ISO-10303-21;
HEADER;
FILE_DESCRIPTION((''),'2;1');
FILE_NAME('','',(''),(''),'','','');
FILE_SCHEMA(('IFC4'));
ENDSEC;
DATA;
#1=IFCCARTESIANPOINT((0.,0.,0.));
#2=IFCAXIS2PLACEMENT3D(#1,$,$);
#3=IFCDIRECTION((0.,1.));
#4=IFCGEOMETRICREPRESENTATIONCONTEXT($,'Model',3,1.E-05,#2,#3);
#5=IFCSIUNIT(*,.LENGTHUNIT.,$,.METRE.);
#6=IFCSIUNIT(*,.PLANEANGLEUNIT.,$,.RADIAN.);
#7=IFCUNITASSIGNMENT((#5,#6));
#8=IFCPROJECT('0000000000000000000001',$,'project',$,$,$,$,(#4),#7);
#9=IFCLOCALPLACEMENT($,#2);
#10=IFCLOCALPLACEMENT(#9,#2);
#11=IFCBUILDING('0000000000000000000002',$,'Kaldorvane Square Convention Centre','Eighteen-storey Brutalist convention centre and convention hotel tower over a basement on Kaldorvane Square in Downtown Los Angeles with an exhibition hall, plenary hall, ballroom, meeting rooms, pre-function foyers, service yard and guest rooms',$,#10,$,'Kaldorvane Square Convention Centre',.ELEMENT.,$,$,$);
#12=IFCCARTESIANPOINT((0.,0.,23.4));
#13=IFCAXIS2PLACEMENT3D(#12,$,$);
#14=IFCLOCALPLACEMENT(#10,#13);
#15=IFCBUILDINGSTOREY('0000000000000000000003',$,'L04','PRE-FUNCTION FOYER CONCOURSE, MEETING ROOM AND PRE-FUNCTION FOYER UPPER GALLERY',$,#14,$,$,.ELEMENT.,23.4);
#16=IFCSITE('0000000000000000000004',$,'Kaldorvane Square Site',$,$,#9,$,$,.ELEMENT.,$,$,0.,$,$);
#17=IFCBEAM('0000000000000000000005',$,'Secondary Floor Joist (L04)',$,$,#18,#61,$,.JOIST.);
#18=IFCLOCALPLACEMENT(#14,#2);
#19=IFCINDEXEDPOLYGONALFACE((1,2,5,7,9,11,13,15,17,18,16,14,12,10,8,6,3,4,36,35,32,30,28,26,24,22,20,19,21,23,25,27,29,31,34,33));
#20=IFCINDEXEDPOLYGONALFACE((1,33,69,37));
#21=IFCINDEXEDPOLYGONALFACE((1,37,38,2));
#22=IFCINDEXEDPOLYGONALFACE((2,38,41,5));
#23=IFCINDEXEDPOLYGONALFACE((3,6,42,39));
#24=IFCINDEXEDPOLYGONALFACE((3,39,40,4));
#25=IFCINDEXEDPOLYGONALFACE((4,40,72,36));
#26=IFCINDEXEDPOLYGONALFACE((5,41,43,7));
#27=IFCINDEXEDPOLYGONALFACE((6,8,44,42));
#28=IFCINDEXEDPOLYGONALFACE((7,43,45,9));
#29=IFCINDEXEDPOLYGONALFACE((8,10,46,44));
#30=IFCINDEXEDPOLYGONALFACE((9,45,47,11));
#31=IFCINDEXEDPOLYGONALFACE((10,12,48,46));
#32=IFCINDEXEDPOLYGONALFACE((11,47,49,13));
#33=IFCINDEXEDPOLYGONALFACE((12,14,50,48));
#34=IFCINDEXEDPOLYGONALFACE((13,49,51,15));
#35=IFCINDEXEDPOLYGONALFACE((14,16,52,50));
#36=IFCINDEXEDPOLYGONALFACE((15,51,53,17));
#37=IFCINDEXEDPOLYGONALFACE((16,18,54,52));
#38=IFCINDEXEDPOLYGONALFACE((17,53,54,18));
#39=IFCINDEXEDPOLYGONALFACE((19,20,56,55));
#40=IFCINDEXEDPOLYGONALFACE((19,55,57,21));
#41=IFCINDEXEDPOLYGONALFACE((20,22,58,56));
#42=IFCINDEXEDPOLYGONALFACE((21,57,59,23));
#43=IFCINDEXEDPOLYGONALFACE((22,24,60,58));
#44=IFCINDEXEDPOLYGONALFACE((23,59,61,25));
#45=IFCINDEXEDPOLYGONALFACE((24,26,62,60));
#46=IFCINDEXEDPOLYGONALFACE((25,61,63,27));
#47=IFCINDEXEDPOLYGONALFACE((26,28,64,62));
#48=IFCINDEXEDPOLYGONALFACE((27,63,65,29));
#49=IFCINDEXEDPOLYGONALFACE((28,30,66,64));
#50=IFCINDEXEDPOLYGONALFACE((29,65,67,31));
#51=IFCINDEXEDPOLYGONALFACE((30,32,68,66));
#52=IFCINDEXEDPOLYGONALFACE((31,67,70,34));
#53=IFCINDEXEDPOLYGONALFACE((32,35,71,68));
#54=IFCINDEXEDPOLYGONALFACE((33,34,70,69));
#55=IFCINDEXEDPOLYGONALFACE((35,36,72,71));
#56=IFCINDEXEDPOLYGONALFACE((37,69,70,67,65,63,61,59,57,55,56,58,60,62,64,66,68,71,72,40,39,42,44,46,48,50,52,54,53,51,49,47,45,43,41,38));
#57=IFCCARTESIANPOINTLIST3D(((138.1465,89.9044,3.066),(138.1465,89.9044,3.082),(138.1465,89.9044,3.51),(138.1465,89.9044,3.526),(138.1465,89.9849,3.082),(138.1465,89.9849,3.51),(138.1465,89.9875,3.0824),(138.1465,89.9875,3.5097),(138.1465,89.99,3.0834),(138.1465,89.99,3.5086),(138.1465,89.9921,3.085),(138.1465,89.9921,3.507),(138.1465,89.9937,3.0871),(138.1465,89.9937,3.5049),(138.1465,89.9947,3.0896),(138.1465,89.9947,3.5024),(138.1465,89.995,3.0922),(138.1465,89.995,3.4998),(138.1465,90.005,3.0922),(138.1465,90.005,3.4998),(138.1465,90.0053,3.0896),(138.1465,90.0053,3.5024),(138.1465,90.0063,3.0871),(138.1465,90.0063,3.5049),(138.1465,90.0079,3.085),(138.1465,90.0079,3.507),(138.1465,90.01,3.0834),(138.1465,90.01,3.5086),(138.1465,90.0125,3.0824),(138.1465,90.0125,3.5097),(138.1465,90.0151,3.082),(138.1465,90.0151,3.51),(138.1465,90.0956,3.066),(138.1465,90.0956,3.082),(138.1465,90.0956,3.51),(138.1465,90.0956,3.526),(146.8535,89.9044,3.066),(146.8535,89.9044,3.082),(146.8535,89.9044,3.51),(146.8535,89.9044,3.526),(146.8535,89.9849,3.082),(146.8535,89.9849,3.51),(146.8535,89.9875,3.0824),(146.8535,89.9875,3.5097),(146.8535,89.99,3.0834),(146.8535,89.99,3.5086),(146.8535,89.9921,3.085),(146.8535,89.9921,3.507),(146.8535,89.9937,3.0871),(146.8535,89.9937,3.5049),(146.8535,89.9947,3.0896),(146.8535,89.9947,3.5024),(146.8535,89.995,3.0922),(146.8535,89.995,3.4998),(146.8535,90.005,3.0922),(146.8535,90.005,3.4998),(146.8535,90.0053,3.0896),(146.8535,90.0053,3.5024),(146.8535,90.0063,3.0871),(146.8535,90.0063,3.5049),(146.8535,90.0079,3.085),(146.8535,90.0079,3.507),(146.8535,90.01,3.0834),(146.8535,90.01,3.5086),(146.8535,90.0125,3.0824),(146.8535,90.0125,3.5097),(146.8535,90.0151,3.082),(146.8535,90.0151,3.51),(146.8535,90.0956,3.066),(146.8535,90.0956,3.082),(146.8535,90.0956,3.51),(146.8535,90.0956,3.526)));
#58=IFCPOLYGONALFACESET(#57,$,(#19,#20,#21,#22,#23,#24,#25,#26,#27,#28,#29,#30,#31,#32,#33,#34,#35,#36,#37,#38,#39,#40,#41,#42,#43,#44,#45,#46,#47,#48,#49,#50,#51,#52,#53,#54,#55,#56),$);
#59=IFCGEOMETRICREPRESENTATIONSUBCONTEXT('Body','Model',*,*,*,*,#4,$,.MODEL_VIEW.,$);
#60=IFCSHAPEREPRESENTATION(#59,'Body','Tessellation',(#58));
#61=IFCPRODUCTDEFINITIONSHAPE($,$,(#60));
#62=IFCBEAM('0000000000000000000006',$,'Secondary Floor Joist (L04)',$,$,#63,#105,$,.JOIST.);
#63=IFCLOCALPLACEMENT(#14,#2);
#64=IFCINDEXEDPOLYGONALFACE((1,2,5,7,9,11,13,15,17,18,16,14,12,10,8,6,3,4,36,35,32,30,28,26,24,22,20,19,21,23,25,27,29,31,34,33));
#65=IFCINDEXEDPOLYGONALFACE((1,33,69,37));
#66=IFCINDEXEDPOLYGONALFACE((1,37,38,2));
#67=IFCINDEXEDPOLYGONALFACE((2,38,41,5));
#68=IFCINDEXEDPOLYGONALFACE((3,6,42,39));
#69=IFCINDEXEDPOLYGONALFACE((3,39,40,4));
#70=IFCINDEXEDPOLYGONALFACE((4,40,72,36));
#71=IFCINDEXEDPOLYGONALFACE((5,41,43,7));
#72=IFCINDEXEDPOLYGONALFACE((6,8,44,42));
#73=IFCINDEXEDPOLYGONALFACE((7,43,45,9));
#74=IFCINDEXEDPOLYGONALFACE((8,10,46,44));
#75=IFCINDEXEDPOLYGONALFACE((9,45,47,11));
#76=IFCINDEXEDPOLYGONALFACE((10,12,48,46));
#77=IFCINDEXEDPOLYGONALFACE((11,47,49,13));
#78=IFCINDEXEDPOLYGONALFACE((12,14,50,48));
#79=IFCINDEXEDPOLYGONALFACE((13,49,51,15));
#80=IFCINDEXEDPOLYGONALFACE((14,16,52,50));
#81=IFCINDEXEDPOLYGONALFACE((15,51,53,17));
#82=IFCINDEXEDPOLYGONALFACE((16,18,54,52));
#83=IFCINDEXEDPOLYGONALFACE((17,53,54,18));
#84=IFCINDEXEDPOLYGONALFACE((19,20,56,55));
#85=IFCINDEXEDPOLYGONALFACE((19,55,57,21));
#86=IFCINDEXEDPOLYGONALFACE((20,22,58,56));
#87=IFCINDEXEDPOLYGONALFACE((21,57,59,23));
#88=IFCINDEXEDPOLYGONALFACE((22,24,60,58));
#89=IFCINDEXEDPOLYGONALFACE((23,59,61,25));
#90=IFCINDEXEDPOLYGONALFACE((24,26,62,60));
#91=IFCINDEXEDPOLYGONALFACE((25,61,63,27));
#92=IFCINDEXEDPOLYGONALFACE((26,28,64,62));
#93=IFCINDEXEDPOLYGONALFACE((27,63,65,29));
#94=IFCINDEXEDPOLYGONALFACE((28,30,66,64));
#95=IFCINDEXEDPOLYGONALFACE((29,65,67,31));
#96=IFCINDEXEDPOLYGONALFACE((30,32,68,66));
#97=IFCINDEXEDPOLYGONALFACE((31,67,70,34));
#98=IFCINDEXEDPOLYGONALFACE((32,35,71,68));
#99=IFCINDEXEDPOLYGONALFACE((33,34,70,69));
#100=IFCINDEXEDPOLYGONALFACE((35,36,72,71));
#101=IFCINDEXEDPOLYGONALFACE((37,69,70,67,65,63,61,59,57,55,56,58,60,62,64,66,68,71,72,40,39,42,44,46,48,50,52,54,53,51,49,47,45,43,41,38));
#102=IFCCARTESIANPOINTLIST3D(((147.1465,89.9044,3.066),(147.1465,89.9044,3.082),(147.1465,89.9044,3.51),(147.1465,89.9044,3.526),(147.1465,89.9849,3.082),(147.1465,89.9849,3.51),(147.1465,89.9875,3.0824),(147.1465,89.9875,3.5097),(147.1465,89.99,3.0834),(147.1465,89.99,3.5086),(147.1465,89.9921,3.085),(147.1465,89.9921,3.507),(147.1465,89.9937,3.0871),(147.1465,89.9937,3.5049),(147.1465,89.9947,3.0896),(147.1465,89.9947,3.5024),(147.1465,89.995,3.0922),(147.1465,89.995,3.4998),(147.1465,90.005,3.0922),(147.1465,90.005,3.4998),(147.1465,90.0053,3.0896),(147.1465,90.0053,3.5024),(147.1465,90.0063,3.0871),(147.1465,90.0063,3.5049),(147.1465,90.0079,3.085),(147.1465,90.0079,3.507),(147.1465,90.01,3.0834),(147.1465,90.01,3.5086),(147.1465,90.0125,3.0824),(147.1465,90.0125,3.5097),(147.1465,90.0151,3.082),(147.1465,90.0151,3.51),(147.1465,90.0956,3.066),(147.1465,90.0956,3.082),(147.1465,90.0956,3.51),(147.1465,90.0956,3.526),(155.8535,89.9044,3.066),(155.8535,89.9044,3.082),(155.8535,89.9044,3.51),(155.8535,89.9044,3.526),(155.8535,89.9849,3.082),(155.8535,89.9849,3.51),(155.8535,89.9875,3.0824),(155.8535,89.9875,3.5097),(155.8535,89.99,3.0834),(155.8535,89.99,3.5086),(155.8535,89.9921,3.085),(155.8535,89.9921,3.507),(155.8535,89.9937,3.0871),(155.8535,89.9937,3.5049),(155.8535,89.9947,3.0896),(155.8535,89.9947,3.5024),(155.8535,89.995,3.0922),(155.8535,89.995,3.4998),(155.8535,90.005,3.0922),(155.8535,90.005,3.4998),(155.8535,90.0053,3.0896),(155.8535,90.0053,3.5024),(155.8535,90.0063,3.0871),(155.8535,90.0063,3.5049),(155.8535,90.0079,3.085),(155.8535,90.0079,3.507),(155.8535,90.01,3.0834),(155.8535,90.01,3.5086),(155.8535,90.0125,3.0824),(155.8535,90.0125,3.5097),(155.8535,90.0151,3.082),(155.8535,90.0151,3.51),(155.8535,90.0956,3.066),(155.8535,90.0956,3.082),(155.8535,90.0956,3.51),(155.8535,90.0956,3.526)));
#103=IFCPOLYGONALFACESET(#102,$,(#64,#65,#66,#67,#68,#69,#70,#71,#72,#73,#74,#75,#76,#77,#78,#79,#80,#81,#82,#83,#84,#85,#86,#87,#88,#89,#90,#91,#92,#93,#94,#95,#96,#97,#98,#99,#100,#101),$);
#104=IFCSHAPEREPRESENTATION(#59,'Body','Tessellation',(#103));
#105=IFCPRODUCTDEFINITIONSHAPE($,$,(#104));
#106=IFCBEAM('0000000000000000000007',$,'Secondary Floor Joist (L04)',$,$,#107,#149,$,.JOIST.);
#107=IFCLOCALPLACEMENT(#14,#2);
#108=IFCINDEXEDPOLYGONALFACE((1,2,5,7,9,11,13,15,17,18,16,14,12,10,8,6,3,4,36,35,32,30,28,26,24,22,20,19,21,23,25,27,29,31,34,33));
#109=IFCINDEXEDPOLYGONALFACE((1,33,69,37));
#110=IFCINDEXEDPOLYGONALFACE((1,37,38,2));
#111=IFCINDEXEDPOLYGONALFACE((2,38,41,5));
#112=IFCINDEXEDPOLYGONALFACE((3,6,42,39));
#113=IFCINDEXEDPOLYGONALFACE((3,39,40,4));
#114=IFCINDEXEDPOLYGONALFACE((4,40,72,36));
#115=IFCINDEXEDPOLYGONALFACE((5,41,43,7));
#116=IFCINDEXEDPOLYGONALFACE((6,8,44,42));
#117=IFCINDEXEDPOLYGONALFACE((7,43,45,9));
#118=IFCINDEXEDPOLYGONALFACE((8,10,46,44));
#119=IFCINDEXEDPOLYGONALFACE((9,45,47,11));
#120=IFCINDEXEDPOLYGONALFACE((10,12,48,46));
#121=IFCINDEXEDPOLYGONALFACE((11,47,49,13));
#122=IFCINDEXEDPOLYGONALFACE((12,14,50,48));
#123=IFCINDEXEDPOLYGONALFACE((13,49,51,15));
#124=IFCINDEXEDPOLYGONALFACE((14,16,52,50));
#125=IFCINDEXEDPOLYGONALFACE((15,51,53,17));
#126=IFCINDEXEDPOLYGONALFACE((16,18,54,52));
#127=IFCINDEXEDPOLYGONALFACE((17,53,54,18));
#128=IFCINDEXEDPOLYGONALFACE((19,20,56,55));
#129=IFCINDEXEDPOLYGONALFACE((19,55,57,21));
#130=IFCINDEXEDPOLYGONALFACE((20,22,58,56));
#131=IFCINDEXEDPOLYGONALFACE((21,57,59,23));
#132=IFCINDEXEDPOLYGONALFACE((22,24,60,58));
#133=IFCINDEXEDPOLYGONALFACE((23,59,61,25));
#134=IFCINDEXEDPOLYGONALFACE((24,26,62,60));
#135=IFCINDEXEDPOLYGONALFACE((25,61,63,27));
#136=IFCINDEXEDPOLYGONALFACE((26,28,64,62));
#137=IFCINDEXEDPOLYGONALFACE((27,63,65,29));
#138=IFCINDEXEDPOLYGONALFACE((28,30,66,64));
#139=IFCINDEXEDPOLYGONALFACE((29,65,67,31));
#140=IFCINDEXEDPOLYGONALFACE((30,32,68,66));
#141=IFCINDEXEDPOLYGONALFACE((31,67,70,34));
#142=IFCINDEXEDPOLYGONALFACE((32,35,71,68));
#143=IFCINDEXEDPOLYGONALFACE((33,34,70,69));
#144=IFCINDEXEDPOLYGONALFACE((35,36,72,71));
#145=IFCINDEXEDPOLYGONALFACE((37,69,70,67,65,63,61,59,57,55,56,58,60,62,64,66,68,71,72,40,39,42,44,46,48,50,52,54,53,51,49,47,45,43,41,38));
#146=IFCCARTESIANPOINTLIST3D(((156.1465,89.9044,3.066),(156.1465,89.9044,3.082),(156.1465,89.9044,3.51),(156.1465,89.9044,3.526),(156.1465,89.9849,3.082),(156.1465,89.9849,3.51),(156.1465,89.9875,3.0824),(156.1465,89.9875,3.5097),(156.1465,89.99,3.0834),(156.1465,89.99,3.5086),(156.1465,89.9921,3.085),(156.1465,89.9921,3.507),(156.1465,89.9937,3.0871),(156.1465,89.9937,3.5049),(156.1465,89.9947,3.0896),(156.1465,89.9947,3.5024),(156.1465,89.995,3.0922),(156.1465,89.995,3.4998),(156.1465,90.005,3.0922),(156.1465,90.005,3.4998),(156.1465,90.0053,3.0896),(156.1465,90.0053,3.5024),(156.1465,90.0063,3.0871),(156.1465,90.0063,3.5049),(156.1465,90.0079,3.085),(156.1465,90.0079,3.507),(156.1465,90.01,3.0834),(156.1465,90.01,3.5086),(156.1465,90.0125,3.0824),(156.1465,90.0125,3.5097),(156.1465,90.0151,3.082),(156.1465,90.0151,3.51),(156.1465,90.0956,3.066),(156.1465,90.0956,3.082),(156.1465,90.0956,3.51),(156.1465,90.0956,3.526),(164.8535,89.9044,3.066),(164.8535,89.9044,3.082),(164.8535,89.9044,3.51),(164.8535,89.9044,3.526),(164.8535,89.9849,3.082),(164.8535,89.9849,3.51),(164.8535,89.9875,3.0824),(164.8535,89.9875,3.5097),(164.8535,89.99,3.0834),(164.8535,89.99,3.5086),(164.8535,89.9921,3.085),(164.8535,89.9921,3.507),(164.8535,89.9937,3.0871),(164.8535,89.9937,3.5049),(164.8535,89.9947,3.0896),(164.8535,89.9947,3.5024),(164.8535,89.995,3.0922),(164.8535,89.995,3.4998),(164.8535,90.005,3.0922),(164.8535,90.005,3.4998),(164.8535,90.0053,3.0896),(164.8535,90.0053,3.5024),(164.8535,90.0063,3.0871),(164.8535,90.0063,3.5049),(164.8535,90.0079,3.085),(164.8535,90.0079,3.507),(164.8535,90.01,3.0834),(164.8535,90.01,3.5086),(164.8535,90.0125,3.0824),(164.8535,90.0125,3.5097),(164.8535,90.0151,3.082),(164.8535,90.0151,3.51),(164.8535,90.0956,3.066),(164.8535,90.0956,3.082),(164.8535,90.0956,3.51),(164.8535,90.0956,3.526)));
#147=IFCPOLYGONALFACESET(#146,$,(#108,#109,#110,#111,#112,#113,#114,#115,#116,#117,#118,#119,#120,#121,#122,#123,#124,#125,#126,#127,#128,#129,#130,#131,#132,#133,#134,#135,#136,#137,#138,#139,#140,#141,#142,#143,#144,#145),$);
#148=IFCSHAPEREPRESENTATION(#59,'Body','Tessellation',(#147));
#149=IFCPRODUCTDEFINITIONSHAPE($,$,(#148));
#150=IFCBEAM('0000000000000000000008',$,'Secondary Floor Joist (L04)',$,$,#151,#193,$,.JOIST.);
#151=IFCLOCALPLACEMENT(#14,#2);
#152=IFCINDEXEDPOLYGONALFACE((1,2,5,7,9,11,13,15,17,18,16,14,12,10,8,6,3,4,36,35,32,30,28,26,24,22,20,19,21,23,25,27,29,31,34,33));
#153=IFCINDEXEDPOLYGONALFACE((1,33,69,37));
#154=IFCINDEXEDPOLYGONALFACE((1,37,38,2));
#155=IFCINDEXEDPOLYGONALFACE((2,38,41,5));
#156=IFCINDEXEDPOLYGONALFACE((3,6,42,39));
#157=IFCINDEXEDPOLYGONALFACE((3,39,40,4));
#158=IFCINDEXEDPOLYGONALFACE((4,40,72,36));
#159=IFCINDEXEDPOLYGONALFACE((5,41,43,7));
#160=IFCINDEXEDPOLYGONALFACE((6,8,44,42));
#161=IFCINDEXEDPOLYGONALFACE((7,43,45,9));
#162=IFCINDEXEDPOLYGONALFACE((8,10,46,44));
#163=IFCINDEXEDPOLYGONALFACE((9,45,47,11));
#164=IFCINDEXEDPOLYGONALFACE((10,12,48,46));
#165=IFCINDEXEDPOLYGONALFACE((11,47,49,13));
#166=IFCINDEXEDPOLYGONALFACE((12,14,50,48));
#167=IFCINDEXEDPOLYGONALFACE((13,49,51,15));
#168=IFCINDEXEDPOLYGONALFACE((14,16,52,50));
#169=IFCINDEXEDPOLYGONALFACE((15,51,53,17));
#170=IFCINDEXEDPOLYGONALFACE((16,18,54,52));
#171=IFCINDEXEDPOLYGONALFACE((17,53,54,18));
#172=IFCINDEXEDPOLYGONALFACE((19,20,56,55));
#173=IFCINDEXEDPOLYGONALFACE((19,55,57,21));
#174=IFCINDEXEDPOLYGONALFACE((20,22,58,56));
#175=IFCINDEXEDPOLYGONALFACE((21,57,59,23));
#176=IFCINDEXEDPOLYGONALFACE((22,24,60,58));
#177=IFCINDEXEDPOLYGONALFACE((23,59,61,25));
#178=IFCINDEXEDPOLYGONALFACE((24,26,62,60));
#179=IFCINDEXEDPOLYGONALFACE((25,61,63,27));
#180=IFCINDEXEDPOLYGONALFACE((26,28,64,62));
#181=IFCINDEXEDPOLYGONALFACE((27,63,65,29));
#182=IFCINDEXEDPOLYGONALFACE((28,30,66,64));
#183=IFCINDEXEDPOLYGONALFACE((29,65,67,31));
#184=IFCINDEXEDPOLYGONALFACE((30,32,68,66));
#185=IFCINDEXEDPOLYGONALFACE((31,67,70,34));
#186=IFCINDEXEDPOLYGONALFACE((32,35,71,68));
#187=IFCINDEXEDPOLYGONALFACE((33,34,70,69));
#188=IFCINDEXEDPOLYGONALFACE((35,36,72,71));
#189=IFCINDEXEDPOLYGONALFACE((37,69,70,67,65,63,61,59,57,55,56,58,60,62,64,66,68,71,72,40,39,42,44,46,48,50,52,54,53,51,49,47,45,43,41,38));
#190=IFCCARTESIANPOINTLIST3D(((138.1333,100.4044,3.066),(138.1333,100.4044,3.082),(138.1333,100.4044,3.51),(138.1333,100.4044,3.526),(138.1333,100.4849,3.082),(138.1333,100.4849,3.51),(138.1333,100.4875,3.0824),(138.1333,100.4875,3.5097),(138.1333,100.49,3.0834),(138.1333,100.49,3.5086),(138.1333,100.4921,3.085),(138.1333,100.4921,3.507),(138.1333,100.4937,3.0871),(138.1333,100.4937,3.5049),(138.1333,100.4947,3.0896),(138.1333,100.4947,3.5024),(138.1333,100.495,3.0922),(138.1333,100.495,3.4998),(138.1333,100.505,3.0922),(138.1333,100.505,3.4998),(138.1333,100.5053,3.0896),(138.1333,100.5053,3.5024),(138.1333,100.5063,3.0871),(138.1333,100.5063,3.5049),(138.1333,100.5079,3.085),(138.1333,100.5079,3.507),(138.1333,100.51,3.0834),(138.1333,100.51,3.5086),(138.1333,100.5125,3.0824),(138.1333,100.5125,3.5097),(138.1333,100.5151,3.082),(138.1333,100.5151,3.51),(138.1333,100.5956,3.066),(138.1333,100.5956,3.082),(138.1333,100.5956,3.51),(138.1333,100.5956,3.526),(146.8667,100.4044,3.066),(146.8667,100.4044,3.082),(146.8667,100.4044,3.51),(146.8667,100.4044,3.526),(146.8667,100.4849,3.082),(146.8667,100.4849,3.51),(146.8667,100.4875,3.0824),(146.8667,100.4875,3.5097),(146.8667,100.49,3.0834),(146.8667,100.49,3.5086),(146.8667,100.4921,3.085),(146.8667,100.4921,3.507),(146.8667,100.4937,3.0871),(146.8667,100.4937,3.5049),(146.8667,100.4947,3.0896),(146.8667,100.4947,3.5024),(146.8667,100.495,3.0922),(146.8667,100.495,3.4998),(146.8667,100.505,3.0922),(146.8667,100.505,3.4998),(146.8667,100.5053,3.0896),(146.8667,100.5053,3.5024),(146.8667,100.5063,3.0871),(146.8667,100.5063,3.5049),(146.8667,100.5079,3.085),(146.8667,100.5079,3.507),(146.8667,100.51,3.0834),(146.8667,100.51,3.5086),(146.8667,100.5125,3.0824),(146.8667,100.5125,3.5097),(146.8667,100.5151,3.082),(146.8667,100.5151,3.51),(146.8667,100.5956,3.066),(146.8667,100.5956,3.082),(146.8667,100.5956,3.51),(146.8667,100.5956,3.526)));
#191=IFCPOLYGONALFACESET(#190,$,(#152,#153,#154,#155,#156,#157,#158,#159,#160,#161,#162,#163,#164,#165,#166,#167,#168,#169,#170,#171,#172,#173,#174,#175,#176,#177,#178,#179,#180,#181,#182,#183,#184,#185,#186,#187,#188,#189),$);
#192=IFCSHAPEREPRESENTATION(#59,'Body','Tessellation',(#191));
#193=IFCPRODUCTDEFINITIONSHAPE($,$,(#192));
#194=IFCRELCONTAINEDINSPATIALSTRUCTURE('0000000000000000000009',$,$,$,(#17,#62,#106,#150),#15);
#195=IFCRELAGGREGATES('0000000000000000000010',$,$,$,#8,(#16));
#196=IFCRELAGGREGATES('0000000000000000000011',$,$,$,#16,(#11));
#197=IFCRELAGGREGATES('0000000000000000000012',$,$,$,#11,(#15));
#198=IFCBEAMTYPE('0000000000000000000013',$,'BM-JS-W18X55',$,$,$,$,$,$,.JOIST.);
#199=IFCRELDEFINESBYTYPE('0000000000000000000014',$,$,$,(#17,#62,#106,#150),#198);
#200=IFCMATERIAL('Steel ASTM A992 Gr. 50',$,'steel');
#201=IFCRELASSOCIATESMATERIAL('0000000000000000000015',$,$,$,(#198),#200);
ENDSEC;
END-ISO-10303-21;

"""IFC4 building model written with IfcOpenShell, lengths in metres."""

from ifc_helpers import new_model, si_unit, direction, frame, origin, origin_2d, place, context, subcontext, project, spatial, i_section, extrude, material, material_profile, profile_set, type_object, element, save


model = new_model("IFC4")

# Units and contexts
model_context = context("Model", 3, precision=1e-05, world=origin(), true_north=direction((0.0, 1.0)))
body_context = subcontext(model_context, "Body", "Model", "MODEL_VIEW")
ifc_project = project(units=[si_unit("LENGTHUNIT", "METRE"), si_unit("PLANEANGLEUNIT", "RADIAN")], contexts=[model_context])

# Site, building, storey
site_placement = place(None, origin())
site = spatial("IfcSite", under=ifc_project, at=site_placement, Name="Kaldorvane Square Site", CompositionType="ELEMENT", RefElevation=0.0)
building_placement = place(site_placement, origin())
building = spatial("IfcBuilding", under=site, at=building_placement, Name="Kaldorvane Square Convention Centre", Description="Eighteen-storey Brutalist convention centre and convention hotel tower over a basement on Kaldorvane Square in Downtown Los Angeles with an exhibition hall, plenary hall, ballroom, meeting rooms, pre-function foyers, service yard and guest rooms", LongName="Kaldorvane Square Convention Centre", CompositionType="ELEMENT")
storey_placement = place(building_placement, frame((0.0, 0.0, 23.4)))
storey = spatial("IfcBuildingStorey", under=building, at=storey_placement, Name="L04", Description="PRE-FUNCTION FOYER CONCOURSE, MEETING ROOM AND PRE-FUNCTION FOYER UPPER GALLERY", CompositionType="ELEMENT", Elevation=23.4)

# Shared definitions
ifc_material_1 = material(Name="Steel ASTM A992 Gr. 50", Category="steel")

# Beams
ifc_material_profile_1 = material_profile(ifc_material_1, i_section(OverallWidth=0.1913, OverallDepth=0.46, WebThickness=0.0099, FlangeThickness=0.016, FilletRadius=0.0102, at=origin_2d()), Name="W18X55")
ifc_profile_set_1 = profile_set([ifc_material_profile_1], Name="Steel ASTM A992 Gr. 50")
beam_type_1 = type_object("IfcBeamType", Name="BM-JS-W18X55", PredefinedType="JOIST", material=ifc_profile_set_1)
for number, where, z_axis, x_axis, name in (
    (1, (138.1465, 90.0, 3.296), (1.0, 0.0, 0.0), (0.0, 1.0, 0.0), "Secondary Floor Joist (L04)"),
    (2, (147.1465, 90.0, 3.296), (1.0, 0.0, 0.0), (0.0, 1.0, 0.0), "Secondary Floor Joist (L04)"),
    (3, (156.1465, 90.0, 3.296), (1.0, 0.0, 0.0), (0.0, 1.0, 0.0), "Secondary Floor Joist (L04)"),
):
    element("IfcBeam", number, at=place(storey_placement, frame(where, z_axis=z_axis, x_axis=x_axis)), inside=storey, type_object=beam_type_1, Name=name, PredefinedType="JOIST", context=body_context, shape_type="SweptSolid", body=[
        extrude(i_section(OverallWidth=0.1913, OverallDepth=0.46, WebThickness=0.0099, FlangeThickness=0.016, FilletRadius=0.0102, at=origin_2d()), origin(), (0.0, 0.0, 1.0), 8.707),
    ])
for number, where, z_axis, x_axis, name in (
    (4, (138.1333, 100.5, 3.296), (1.0, 0.0, 0.0), (0.0, 1.0, 0.0), "Secondary Floor Joist (L04)"),
):
    element("IfcBeam", number, at=place(storey_placement, frame(where, z_axis=z_axis, x_axis=x_axis)), inside=storey, type_object=beam_type_1, Name=name, PredefinedType="JOIST", context=body_context, shape_type="SweptSolid", body=[
        extrude(i_section(OverallWidth=0.1913, OverallDepth=0.46, WebThickness=0.0099, FlangeThickness=0.016, FilletRadius=0.0102, at=origin_2d()), origin(), (0.0, 0.0, 1.0), 8.7334),
    ])

save(model, "model.ifc")
